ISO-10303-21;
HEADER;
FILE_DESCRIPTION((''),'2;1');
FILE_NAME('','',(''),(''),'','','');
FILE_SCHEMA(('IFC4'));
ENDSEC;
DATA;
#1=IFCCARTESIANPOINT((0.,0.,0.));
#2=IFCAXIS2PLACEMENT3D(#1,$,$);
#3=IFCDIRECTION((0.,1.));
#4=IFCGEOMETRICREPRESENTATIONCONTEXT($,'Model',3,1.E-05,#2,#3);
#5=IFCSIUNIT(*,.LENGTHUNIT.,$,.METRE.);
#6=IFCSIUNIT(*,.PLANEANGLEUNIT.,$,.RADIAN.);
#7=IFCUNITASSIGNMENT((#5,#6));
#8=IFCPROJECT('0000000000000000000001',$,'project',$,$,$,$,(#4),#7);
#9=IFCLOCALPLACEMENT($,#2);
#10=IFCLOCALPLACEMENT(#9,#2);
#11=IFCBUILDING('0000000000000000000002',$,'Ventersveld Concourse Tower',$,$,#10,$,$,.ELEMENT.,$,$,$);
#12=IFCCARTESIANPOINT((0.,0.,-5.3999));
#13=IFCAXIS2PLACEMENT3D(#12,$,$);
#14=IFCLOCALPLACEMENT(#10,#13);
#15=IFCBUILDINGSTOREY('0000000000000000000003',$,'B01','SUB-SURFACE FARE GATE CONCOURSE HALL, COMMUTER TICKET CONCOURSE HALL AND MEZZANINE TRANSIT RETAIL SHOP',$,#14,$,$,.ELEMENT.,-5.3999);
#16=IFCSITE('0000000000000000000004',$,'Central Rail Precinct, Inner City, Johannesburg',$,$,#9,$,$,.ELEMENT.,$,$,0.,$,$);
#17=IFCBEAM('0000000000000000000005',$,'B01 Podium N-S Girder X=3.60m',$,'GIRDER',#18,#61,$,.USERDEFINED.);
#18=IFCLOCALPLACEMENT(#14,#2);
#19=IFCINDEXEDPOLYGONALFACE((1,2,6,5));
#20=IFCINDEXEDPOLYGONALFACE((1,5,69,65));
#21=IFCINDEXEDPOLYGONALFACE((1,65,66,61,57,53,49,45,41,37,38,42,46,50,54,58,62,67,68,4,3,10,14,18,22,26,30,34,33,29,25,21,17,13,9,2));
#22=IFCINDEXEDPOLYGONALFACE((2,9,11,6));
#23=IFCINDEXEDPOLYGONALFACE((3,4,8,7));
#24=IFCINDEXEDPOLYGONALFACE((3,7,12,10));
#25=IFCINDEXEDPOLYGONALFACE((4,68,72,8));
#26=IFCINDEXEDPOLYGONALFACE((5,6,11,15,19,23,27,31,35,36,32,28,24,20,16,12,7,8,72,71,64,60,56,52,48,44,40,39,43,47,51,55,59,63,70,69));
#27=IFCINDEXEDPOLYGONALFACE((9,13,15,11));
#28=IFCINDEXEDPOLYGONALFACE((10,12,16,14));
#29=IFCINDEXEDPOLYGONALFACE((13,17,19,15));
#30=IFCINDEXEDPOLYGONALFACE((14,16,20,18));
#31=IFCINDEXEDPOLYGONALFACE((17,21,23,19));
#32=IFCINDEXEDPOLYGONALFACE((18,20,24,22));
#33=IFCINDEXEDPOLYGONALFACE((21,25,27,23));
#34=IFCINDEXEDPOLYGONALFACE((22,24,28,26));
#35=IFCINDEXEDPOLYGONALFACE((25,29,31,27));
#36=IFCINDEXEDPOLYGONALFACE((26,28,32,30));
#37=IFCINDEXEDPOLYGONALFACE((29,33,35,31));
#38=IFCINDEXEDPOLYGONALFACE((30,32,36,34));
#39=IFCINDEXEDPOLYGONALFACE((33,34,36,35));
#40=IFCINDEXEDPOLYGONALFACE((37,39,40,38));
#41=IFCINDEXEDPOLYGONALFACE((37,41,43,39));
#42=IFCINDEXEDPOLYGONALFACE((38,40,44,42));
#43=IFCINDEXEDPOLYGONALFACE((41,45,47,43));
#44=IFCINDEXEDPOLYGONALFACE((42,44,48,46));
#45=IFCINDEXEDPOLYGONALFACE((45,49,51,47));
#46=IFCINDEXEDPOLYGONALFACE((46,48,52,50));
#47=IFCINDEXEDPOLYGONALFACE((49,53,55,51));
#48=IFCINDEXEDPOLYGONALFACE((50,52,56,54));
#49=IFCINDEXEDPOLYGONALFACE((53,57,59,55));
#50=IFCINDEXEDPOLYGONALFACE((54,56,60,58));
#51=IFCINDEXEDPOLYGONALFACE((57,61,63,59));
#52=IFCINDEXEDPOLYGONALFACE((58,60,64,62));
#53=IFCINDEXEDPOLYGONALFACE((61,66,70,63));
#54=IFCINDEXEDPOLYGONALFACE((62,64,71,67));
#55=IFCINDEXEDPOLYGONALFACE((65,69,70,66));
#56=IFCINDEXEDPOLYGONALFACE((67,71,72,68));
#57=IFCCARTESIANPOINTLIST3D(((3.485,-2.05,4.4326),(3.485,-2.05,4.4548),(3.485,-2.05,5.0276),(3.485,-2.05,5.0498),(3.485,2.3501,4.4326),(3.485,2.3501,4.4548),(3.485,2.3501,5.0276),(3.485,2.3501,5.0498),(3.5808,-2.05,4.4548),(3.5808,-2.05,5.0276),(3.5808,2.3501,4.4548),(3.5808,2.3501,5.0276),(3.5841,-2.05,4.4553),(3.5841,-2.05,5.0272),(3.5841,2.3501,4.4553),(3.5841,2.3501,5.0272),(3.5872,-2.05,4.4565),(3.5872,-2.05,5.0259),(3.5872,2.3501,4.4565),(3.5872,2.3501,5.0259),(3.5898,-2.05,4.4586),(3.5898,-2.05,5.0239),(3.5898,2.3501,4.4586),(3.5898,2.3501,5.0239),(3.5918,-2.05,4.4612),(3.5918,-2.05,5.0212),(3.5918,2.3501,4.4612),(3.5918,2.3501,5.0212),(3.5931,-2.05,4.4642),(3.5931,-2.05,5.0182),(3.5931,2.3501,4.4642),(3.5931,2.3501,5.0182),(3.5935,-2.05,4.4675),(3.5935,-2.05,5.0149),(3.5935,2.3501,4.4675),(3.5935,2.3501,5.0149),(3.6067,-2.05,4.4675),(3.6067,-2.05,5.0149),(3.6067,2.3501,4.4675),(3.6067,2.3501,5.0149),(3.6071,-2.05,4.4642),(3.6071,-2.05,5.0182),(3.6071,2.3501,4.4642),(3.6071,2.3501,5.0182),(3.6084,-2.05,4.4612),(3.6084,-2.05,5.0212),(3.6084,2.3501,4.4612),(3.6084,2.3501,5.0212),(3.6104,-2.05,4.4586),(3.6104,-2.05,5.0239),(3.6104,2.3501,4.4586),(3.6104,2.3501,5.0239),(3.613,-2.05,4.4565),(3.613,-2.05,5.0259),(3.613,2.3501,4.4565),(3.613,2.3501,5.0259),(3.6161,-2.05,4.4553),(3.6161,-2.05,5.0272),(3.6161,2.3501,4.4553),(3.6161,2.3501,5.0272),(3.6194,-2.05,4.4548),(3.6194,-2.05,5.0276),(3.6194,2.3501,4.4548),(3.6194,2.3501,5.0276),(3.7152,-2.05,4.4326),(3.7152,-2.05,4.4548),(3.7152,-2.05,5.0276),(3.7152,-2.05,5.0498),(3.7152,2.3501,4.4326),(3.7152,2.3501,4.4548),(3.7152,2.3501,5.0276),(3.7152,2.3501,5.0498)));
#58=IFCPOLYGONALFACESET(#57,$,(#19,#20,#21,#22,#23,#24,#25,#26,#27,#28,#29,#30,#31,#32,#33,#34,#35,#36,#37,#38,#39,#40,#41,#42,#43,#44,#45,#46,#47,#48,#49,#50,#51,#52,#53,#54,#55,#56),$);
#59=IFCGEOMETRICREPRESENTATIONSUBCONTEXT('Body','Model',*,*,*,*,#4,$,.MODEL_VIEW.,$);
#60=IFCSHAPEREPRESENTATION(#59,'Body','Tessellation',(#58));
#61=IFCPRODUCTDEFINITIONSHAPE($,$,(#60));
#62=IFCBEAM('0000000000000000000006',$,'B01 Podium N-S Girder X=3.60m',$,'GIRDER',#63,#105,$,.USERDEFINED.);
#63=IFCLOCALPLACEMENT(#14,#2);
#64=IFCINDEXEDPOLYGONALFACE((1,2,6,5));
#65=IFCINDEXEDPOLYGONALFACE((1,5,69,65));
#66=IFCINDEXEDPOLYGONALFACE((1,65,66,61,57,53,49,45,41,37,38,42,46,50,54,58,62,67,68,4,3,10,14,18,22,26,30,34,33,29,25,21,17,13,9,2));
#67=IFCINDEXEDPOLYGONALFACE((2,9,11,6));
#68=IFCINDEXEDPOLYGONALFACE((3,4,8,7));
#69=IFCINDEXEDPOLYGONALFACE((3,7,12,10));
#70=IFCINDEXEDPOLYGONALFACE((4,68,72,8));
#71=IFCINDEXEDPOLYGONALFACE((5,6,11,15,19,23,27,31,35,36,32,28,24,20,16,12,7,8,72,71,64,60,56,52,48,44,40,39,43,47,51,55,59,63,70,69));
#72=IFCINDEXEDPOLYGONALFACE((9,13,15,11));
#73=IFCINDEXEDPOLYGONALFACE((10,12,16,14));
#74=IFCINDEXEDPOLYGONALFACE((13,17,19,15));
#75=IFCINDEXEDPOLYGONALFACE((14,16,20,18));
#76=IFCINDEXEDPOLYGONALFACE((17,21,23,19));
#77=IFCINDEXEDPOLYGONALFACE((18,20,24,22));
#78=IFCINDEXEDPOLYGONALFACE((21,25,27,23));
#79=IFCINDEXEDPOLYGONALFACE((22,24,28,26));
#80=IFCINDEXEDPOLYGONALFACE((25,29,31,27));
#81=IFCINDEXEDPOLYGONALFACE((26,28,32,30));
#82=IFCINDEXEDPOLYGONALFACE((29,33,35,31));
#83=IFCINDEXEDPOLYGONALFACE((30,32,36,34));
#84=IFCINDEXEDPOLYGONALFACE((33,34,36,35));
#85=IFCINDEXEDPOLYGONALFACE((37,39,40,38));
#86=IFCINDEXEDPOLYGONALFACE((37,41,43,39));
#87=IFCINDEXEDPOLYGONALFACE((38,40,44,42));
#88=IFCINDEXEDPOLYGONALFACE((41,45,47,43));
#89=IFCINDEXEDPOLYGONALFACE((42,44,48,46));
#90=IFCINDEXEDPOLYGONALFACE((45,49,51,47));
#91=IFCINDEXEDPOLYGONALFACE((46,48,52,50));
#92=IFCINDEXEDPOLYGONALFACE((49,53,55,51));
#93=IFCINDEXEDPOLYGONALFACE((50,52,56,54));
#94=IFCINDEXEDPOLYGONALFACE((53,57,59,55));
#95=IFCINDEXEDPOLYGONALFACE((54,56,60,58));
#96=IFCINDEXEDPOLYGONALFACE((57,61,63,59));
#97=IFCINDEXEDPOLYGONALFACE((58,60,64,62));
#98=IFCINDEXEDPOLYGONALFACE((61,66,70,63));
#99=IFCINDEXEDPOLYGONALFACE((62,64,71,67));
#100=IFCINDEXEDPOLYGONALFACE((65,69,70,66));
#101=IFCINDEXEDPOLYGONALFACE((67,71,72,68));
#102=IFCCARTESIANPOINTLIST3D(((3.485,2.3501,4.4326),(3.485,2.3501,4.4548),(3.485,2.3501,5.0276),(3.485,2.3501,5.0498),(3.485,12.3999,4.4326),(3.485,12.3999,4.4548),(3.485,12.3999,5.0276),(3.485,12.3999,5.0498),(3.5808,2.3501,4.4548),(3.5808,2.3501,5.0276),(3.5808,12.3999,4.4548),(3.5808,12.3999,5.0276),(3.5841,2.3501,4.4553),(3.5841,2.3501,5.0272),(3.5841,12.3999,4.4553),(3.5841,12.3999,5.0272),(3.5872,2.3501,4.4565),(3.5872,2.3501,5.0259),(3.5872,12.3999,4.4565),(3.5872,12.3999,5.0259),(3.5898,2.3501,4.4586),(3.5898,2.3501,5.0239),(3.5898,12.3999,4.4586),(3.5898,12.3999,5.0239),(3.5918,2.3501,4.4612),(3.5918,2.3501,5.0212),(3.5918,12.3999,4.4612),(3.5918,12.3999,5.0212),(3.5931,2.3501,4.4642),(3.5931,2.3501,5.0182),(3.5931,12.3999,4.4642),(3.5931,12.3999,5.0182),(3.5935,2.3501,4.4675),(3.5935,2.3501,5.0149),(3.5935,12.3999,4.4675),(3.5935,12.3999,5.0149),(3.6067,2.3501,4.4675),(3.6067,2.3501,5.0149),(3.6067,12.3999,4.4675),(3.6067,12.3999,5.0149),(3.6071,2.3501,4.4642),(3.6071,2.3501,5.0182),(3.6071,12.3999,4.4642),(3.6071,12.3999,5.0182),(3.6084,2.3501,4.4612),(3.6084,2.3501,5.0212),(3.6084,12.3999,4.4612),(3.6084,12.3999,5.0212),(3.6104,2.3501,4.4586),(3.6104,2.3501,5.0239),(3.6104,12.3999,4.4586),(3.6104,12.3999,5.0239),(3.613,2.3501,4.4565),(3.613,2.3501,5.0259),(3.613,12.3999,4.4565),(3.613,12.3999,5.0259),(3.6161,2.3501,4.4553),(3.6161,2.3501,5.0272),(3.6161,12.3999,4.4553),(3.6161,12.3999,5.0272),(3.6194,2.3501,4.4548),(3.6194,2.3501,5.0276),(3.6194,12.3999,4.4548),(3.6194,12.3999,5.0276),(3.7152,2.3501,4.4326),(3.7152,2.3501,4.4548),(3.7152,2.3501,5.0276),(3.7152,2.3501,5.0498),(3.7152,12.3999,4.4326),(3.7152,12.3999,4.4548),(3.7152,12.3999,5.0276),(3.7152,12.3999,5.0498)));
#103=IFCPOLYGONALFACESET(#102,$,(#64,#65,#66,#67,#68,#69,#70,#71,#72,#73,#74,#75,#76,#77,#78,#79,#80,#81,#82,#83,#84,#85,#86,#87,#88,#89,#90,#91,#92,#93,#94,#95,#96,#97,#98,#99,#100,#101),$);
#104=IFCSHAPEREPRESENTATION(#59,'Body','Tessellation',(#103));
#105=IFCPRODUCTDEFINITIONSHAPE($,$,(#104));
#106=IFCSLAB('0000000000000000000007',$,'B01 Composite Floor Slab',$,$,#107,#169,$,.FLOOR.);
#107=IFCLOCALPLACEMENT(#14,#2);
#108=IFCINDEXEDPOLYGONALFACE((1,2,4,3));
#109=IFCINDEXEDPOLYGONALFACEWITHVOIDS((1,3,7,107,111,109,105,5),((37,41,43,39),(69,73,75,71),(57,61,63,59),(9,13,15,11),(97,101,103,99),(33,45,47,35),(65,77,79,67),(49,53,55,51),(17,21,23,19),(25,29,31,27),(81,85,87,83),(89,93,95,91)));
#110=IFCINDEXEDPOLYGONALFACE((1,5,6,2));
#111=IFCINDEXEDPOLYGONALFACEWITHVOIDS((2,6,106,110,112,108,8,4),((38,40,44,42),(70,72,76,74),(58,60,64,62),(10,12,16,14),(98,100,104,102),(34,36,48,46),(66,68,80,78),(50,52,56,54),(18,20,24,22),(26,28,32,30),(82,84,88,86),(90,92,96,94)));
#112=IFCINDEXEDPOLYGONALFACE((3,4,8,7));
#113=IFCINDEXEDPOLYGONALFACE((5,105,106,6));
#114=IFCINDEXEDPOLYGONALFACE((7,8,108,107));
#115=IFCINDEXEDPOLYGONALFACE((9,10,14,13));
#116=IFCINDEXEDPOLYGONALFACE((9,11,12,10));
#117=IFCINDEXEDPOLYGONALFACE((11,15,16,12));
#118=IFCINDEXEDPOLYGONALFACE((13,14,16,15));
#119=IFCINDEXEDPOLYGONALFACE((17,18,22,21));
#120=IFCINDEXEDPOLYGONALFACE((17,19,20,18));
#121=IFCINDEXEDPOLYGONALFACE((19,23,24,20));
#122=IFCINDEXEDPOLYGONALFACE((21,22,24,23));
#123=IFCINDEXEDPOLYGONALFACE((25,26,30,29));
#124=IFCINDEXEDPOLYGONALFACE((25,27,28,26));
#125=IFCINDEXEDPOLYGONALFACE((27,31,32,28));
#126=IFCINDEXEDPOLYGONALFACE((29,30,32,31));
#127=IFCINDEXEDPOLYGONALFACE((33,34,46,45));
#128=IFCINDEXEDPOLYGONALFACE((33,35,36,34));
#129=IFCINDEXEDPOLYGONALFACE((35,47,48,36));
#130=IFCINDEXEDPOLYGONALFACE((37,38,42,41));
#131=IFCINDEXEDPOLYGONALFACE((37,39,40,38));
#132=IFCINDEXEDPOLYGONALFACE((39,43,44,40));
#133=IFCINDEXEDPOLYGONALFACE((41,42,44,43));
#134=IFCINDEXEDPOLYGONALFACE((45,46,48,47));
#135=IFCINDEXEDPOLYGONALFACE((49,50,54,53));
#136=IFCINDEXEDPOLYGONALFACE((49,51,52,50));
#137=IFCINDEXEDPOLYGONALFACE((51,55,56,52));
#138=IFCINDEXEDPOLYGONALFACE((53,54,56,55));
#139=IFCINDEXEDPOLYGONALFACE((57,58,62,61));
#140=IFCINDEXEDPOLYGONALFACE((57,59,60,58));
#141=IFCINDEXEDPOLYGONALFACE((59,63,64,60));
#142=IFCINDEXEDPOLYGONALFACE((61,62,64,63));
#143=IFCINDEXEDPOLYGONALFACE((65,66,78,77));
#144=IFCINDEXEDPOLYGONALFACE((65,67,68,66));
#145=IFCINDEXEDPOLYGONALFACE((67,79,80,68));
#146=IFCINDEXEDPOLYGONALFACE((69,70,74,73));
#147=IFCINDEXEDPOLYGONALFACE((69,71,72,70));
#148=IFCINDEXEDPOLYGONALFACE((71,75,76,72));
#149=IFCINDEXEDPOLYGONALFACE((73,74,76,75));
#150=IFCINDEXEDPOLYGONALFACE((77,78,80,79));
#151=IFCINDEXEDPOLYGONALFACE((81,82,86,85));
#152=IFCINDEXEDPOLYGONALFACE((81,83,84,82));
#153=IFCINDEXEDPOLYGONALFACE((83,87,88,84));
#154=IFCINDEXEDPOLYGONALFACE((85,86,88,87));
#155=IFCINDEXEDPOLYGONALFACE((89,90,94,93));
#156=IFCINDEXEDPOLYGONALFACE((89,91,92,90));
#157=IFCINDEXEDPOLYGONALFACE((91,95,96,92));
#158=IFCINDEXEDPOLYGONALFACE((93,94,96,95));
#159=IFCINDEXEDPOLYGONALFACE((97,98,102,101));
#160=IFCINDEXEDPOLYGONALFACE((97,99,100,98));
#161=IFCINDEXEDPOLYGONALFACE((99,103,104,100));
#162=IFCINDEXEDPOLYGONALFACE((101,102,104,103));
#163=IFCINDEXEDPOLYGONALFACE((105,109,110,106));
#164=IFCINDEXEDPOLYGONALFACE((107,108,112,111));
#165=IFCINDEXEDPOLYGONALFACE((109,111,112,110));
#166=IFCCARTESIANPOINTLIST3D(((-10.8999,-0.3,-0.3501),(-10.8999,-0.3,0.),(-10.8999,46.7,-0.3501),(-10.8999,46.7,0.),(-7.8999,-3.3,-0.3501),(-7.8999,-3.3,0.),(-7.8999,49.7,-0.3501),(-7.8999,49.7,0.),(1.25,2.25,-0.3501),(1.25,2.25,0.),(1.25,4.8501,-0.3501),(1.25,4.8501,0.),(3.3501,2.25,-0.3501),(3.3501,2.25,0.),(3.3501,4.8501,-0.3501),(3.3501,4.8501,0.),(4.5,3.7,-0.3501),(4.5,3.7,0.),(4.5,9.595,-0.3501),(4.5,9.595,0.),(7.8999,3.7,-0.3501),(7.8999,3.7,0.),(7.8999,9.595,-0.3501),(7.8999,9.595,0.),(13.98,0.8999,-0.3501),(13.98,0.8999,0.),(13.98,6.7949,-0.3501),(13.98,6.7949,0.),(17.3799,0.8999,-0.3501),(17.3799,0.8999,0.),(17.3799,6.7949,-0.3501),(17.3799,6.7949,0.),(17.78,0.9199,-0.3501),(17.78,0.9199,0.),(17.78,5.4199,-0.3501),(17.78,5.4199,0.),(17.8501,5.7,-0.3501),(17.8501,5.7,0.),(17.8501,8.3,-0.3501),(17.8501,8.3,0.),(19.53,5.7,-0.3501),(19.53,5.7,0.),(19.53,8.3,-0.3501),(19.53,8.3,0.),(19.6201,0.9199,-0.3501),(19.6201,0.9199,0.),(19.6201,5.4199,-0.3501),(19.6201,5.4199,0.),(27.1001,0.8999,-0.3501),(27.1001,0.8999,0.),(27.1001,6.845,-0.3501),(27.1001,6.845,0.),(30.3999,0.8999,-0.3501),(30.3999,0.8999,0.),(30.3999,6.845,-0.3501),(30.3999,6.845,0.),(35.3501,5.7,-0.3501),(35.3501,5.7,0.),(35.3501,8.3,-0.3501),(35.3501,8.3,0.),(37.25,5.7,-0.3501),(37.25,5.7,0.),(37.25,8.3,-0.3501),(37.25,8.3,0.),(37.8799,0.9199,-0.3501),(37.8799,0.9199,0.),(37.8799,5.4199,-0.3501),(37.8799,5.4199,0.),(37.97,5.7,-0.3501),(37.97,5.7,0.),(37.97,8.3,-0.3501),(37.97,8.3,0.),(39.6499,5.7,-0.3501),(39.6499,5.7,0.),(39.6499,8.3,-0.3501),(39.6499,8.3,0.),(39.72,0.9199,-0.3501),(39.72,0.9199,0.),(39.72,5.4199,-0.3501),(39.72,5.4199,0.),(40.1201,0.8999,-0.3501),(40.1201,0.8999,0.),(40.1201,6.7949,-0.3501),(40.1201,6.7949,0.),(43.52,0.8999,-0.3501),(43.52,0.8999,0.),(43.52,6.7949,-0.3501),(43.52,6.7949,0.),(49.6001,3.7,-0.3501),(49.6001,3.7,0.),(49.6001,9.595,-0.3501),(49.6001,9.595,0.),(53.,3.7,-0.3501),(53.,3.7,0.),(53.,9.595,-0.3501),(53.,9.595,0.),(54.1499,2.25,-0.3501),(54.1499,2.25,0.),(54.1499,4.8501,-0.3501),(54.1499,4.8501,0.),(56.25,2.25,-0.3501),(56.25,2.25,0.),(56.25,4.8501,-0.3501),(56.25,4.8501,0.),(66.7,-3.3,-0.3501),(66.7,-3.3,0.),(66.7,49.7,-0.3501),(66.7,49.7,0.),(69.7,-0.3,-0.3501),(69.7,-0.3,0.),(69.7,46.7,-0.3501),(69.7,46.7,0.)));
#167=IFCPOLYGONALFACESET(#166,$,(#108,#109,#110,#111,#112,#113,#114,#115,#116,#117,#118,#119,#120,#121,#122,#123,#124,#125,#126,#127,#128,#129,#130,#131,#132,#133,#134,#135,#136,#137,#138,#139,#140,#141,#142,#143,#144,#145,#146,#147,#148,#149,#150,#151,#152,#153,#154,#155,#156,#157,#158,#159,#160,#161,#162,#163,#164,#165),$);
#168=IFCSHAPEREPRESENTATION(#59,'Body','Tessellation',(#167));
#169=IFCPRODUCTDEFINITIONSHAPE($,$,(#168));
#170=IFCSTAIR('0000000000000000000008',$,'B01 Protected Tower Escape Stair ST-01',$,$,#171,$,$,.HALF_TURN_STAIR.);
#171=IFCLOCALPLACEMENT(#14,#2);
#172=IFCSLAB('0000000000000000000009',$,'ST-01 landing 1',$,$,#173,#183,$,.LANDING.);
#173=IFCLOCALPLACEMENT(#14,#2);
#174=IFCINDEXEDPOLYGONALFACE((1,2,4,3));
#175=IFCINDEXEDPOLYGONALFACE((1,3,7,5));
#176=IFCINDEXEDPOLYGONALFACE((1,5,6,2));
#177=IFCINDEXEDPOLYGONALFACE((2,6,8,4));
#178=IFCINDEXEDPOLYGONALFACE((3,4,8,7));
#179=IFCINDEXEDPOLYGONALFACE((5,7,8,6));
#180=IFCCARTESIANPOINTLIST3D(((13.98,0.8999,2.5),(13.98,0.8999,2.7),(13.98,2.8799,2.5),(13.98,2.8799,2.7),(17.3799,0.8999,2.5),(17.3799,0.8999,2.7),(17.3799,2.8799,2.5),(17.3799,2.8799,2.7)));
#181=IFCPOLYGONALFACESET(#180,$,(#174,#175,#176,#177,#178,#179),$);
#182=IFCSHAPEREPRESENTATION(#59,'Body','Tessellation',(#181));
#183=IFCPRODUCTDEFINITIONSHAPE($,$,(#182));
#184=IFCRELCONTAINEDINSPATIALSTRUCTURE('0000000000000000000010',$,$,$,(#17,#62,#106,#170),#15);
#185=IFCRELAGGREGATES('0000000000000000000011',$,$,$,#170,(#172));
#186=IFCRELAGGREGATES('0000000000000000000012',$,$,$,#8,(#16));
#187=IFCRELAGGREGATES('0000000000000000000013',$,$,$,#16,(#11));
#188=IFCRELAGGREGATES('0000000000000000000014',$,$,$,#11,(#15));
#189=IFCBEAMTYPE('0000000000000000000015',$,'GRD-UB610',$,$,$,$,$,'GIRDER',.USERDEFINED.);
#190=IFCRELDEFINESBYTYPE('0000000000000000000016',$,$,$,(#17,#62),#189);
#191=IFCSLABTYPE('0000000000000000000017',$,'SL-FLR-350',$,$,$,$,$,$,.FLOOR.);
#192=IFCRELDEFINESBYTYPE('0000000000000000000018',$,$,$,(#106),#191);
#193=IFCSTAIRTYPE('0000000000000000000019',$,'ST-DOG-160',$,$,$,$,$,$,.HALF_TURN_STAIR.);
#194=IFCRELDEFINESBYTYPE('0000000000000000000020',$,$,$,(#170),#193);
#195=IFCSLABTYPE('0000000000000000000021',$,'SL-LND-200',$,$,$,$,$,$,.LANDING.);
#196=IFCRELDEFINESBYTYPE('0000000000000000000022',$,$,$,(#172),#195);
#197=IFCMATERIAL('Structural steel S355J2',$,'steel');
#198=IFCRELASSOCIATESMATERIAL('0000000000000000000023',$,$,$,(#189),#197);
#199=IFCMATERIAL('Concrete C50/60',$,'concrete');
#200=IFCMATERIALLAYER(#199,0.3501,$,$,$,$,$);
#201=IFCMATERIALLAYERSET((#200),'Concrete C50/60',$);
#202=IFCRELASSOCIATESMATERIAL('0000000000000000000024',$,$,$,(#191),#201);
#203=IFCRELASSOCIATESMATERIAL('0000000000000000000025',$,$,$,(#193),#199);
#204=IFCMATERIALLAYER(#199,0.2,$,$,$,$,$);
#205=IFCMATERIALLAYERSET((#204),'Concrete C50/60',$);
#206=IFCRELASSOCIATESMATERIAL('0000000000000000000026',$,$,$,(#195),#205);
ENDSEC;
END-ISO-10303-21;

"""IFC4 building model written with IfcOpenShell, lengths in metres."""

from ifc_helpers import new_model, si_unit, direction, frame, origin, origin_2d, place, context, subcontext, project, spatial, polyline, i_section, outline, extrude, material, layer, layer_set, material_profile, profile_set, type_object, element, aggregate, save


model = new_model("IFC4")

# Units and contexts
model_context = context("Model", 3, precision=1e-05, world=origin(), true_north=direction((0.0, 1.0)))
body_context = subcontext(model_context, "Body", "Model", "MODEL_VIEW")
ifc_project = project(units=[si_unit("LENGTHUNIT", "METRE"), si_unit("PLANEANGLEUNIT", "RADIAN")], contexts=[model_context])

# Site, building, storey
site_placement = place(None, origin())
site = spatial("IfcSite", under=ifc_project, at=site_placement, Name="Central Rail Precinct, Inner City, Johannesburg", CompositionType="ELEMENT", RefElevation=0.0)
building_placement = place(site_placement, origin())
building = spatial("IfcBuilding", under=site, at=building_placement, Name="Ventersveld Concourse Tower", CompositionType="ELEMENT")
storey_placement = place(building_placement, frame((0.0, 0.0, -5.3999)))
storey = spatial("IfcBuildingStorey", under=building, at=storey_placement, Name="B01", Description="SUB-SURFACE FARE GATE CONCOURSE HALL, COMMUTER TICKET CONCOURSE HALL AND MEZZANINE TRANSIT RETAIL SHOP", CompositionType="ELEMENT", Elevation=-5.3999)

# Beams
ifc_material_1 = material(Name="Structural steel S355J2", Category="steel")
ifc_material_profile_1 = material_profile(ifc_material_1, i_section(OverallWidth=0.2302, OverallDepth=0.6172, WebThickness=0.0132, FlangeThickness=0.0222, FilletRadius=0.0127, at=origin_2d()), Name="UB 610x229x140")
ifc_profile_set_1 = profile_set([ifc_material_profile_1], Name="Structural steel S355J2")
beam_type = type_object("IfcBeamType", Name="GRD-UB610", ElementType="GIRDER", PredefinedType="USERDEFINED", material=ifc_profile_set_1)
beam_1_placement = place(storey_placement, frame((3.6001, -2.05, 4.7412), z_axis=(0.0, 1.0, 0.0), x_axis=(-1.0, 0.0, 0.0)))
element("IfcBeam", 1, at=beam_1_placement, inside=storey, type_object=beam_type, Name="B01 Podium N-S Girder X=3.60m", ObjectType="GIRDER", PredefinedType="USERDEFINED", context=body_context, shape_type="SweptSolid", body=[
    extrude(i_section(OverallWidth=0.2302, OverallDepth=0.6172, WebThickness=0.0132, FlangeThickness=0.0222, FilletRadius=0.0127, at=origin_2d()), origin(), (0.0, 0.0, 1.0), 4.4001),
])
beam_2_placement = place(storey_placement, frame((3.6001, 2.3501, 4.7412), z_axis=(0.0, 1.0, 0.0), x_axis=(-1.0, 0.0, 0.0)))
element("IfcBeam", 2, at=beam_2_placement, inside=storey, type_object=beam_type, Name="B01 Podium N-S Girder X=3.60m", ObjectType="GIRDER", PredefinedType="USERDEFINED", context=body_context, shape_type="SweptSolid", body=[
    extrude(i_section(OverallWidth=0.2302, OverallDepth=0.6172, WebThickness=0.0132, FlangeThickness=0.0222, FilletRadius=0.0127, at=origin_2d()), origin(), (0.0, 0.0, 1.0), 10.0498),
])

# Slab
ifc_material_2 = material(Name="Concrete C50/60", Category="concrete")
ifc_layer_1 = layer(ifc_material_2, 0.3501)
ifc_layer_set_1 = layer_set([ifc_layer_1], Name="Concrete C50/60")
slab_type_1 = type_object("IfcSlabType", Name="SL-FLR-350", PredefinedType="FLOOR", material=ifc_layer_set_1)
slab_1_placement = place(storey_placement, frame((0.0, 0.0, -0.3501)))
element("IfcSlab", 3, at=slab_1_placement, inside=storey, type_object=slab_type_1, Name="B01 Composite Floor Slab", PredefinedType="FLOOR", context=body_context, shape_type="SweptSolid", body=[
    extrude(outline(polyline([(-7.8999, -3.3), (66.7, -3.3), (69.7, -0.3), (69.7, 46.7), (66.7, 49.7), (-7.8999, 49.7), (-10.8999, 46.7), (-10.8999, -0.3), (-7.8999, -3.3)]), holes=[polyline([(13.98, 6.7949), (13.98, 0.8999), (17.3799, 0.8999), (17.3799, 6.7949), (13.98, 6.7949)]), polyline([(40.1201, 6.7949), (40.1201, 0.8999), (43.52, 0.8999), (43.52, 6.7949), (40.1201, 6.7949)]), polyline([(27.1001, 6.845), (27.1001, 0.8999), (30.3999, 0.8999), (30.3999, 6.845), (27.1001, 6.845)]), polyline([(4.5, 9.595), (4.5, 3.7), (7.8999, 3.7), (7.8999, 9.595), (4.5, 9.595)]), polyline([(49.6001, 9.595), (49.6001, 3.7), (53.0, 3.7), (53.0, 9.595), (49.6001, 9.595)]), polyline([(17.8501, 5.7), (19.53, 5.7), (19.53, 8.3), (17.8501, 8.3), (17.8501, 5.7)]), polyline([(37.97, 5.7), (39.6499, 5.7), (39.6499, 8.3), (37.97, 8.3), (37.97, 5.7)]), polyline([(35.3501, 5.7), (37.25, 5.7), (37.25, 8.3), (35.3501, 8.3), (35.3501, 5.7)]), polyline([(1.25, 2.25), (3.3501, 2.25), (3.3501, 4.8501), (1.25, 4.8501), (1.25, 2.25)]), polyline([(54.1499, 2.25), (56.25, 2.25), (56.25, 4.8501), (54.1499, 4.8501), (54.1499, 2.25)]), polyline([(17.78, 0.9199), (19.6201, 0.9199), (19.6201, 5.4199), (17.78, 5.4199), (17.78, 0.9199)]), polyline([(37.8799, 0.9199), (39.72, 0.9199), (39.72, 5.4199), (37.8799, 5.4199), (37.8799, 0.9199)])]), origin(), (0.0, 0.0, 1.0), 0.3501),
])

# Stair, slab
stair_type_1 = type_object("IfcStairType", Name="ST-DOG-160", PredefinedType="HALF_TURN_STAIR", material=ifc_material_2)
stair_1_placement = place(storey_placement, origin())
stair_1 = element("IfcStair", 4, at=stair_1_placement, inside=storey, type_object=stair_type_1, Name="B01 Protected Tower Escape Stair ST-01", PredefinedType="HALF_TURN_STAIR")
ifc_layer_2 = layer(ifc_material_2, 0.2)
ifc_layer_set_2 = layer_set([ifc_layer_2], Name="Concrete C50/60")
slab_type_2 = type_object("IfcSlabType", Name="SL-LND-200", PredefinedType="LANDING", material=ifc_layer_set_2)
slab_2_placement = place(storey_placement, frame((0.0, 0.0, 2.5)))
slab_2 = element("IfcSlab", 5, at=slab_2_placement, type_object=slab_type_2, Name="ST-01 landing 1", PredefinedType="LANDING", context=body_context, shape_type="SweptSolid", body=[
    extrude(outline(polyline([(13.98, 2.8799), (13.98, 0.8999), (17.3799, 0.8999), (17.3799, 2.8799), (13.98, 2.8799)])), origin(), (0.0, 0.0, 1.0), 0.2),
])
aggregate(stair_1, [slab_2])

save(model, "model.ifc")
